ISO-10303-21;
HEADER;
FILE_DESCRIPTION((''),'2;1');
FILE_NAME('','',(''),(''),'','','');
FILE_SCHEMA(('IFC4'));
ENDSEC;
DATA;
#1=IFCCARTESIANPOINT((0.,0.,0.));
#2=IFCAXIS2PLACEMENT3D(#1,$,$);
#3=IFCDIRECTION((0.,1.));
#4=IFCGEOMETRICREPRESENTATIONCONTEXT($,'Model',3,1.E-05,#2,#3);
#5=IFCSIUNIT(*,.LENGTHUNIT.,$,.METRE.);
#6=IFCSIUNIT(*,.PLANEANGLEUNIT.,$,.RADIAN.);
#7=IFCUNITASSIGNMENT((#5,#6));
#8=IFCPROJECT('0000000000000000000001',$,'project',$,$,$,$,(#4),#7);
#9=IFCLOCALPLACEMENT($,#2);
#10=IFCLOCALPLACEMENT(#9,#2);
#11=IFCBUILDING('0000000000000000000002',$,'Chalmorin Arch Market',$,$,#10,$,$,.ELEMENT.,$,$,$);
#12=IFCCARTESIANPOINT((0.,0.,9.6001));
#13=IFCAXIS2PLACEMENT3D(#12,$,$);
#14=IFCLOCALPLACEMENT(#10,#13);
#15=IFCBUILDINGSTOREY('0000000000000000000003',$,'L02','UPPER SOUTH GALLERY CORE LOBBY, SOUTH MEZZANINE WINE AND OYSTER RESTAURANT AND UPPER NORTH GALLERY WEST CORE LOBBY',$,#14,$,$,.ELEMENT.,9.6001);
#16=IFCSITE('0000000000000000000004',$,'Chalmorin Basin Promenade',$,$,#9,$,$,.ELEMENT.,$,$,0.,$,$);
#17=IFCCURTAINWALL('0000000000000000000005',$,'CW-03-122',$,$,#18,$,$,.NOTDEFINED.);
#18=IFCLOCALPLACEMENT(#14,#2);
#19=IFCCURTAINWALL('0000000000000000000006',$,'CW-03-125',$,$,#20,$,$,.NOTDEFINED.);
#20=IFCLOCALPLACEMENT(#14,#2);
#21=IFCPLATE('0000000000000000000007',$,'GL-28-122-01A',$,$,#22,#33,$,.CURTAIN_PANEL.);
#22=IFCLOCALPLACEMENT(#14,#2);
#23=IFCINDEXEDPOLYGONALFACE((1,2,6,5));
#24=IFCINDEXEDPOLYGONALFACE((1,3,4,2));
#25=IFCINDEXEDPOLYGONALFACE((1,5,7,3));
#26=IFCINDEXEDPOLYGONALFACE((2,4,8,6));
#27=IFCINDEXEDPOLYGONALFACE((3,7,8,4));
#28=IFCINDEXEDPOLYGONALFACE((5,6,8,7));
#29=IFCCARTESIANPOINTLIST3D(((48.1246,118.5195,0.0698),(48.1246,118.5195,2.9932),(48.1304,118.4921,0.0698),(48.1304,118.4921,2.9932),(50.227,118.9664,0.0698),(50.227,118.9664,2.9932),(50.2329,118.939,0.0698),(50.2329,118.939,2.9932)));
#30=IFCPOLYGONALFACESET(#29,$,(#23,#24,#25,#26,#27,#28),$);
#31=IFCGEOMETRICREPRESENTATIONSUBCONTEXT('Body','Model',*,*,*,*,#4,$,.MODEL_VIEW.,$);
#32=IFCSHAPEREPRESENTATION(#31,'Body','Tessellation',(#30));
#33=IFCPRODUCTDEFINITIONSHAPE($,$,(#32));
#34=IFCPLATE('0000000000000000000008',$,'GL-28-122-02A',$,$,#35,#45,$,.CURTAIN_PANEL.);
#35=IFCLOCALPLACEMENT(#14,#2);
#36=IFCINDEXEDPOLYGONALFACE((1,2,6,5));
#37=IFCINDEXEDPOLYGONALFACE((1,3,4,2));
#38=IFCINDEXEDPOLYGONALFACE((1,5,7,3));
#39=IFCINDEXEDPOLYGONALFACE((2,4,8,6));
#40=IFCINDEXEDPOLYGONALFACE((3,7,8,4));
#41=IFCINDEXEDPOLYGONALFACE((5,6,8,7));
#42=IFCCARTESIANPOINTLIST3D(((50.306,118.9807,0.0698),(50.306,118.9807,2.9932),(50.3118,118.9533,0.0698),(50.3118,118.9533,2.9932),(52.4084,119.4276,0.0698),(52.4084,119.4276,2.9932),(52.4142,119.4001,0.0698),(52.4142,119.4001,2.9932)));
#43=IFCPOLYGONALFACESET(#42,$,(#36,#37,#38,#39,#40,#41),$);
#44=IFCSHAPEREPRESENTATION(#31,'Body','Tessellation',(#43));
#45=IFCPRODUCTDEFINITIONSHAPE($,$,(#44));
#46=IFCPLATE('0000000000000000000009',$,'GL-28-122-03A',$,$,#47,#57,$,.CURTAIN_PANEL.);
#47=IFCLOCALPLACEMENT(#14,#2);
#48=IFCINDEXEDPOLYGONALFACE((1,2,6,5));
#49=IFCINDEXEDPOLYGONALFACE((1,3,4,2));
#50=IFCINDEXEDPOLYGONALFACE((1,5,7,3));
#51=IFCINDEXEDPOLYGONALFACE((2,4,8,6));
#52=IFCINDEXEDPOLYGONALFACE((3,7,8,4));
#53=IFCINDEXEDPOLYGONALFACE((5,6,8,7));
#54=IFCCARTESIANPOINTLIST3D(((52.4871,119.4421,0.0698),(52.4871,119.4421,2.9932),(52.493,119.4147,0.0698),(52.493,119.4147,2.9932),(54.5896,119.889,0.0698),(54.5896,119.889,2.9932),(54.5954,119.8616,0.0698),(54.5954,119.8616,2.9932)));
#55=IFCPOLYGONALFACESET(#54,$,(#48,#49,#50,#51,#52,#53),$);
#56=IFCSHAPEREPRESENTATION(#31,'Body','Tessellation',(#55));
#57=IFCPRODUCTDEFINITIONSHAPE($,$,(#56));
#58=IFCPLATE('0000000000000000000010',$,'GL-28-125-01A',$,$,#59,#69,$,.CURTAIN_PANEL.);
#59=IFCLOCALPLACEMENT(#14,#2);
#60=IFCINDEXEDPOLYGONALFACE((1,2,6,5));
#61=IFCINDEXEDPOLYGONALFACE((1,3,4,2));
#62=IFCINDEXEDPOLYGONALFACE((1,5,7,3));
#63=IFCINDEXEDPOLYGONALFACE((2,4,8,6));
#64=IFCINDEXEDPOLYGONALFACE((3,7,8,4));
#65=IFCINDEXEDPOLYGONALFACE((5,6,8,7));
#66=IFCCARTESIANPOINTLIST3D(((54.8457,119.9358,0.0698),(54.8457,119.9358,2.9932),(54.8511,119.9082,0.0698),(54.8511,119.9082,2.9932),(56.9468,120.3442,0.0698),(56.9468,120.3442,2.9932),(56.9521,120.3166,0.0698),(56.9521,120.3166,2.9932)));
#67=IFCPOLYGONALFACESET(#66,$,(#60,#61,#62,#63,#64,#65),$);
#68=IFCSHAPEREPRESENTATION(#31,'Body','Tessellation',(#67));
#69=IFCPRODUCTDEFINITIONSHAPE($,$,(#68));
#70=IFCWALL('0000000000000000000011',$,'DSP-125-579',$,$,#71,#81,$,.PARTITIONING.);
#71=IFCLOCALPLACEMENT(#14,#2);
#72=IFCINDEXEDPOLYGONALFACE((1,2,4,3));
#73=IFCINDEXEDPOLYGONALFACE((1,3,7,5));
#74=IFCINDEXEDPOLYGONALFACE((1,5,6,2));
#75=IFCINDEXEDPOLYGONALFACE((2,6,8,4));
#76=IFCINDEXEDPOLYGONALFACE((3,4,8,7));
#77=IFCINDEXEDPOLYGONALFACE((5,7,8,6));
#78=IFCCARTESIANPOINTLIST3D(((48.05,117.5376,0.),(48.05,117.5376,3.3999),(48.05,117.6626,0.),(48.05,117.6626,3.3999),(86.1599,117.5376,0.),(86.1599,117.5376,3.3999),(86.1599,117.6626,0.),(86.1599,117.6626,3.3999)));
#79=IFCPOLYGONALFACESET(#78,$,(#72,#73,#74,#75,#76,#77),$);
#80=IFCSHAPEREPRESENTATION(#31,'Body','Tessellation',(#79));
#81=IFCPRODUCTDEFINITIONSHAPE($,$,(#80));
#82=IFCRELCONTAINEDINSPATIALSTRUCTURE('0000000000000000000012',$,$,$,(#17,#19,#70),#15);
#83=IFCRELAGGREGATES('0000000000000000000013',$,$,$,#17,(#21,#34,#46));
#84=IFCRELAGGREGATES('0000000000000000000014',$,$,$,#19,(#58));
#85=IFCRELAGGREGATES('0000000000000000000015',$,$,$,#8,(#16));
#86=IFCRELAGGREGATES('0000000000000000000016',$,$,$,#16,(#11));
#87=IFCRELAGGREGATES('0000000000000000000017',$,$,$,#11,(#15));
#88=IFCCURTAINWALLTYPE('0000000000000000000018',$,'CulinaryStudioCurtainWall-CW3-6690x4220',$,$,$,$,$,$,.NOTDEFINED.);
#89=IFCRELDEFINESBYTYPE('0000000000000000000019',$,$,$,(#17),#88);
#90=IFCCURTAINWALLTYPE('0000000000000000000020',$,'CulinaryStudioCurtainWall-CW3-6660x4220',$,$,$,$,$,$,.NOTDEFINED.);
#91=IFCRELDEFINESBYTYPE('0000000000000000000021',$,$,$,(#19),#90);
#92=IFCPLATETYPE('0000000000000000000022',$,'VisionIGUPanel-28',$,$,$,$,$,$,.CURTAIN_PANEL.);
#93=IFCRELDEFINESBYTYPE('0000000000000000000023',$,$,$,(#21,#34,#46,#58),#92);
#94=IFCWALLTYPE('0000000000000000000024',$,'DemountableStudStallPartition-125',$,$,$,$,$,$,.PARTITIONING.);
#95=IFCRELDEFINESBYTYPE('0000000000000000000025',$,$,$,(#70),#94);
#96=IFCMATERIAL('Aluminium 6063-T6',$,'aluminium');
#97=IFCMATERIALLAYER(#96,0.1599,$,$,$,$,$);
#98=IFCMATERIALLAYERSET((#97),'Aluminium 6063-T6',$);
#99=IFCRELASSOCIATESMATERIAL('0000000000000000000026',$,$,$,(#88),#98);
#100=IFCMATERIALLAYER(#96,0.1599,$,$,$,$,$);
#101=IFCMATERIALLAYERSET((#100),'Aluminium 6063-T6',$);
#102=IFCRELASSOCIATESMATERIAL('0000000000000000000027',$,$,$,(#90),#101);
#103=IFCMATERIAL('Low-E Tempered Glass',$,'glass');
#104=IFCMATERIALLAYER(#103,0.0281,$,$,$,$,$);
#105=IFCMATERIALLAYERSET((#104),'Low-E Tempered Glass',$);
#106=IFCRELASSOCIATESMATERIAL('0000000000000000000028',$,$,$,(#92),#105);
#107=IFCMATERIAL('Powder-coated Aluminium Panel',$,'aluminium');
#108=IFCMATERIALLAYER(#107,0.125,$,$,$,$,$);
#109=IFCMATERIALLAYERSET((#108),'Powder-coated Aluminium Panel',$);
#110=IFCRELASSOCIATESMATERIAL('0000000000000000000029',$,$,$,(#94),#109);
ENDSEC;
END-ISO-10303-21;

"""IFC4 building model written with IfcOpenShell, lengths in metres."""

from ifc_helpers import new_model, si_unit, direction, frame, frame_2d, origin, origin_2d, place, context, subcontext, project, spatial, rectangle, extrude, material, layer, layer_set, type_object, element, aggregate, save


model = new_model("IFC4")

# Units and contexts
model_context = context("Model", 3, precision=1e-05, world=origin(), true_north=direction((0.0, 1.0)))
body_context = subcontext(model_context, "Body", "Model", "MODEL_VIEW")
ifc_project = project(units=[si_unit("LENGTHUNIT", "METRE"), si_unit("PLANEANGLEUNIT", "RADIAN")], contexts=[model_context])

# Site, building, storey
site_placement = place(None, origin())
site = spatial("IfcSite", under=ifc_project, at=site_placement, Name="Chalmorin Basin Promenade", CompositionType="ELEMENT", RefElevation=0.0)
building_placement = place(site_placement, origin())
building = spatial("IfcBuilding", under=site, at=building_placement, Name="Chalmorin Arch Market", CompositionType="ELEMENT")
storey_placement = place(building_placement, frame((0.0, 0.0, 9.6001)))
storey = spatial("IfcBuildingStorey", under=building, at=storey_placement, Name="L02", Description="UPPER SOUTH GALLERY CORE LOBBY, SOUTH MEZZANINE WINE AND OYSTER RESTAURANT AND UPPER NORTH GALLERY WEST CORE LOBBY", CompositionType="ELEMENT", Elevation=9.6001)

# Shared definitions
ifc_material_1 = material(Name="Aluminium 6063-T6", Category="aluminium")

# Curtain walls
ifc_layer_1 = layer(ifc_material_1, 0.1599)
ifc_layer_set_1 = layer_set([ifc_layer_1], Name="Aluminium 6063-T6")
curtain_wall_type_1 = type_object("IfcCurtainWallType", Name="CulinaryStudioCurtainWall-CW3-6690x4220", PredefinedType="NOTDEFINED", material=ifc_layer_set_1)
curtain_wall_1_placement = place(storey_placement, origin())
curtain_wall_1 = element("IfcCurtainWall", 1, at=curtain_wall_1_placement, inside=storey, type_object=curtain_wall_type_1, Name="CW-03-122", PredefinedType="NOTDEFINED")
ifc_layer_2 = layer(ifc_material_1, 0.1599)
ifc_layer_set_2 = layer_set([ifc_layer_2], Name="Aluminium 6063-T6")
curtain_wall_type_2 = type_object("IfcCurtainWallType", Name="CulinaryStudioCurtainWall-CW3-6660x4220", PredefinedType="NOTDEFINED", material=ifc_layer_set_2)
curtain_wall_2_placement = place(storey_placement, origin())
curtain_wall_2 = element("IfcCurtainWall", 2, at=curtain_wall_2_placement, inside=storey, type_object=curtain_wall_type_2, Name="CW-03-125", PredefinedType="NOTDEFINED")

# Plates
ifc_material_2 = material(Name="Powder-coated Aluminium Panel", Category="aluminium")
ifc_material_3 = material(Name="Low-E Tempered Glass", Category="glass")
ifc_layer_3 = layer(ifc_material_3, 0.0281)
ifc_layer_set_3 = layer_set([ifc_layer_3], Name="Low-E Tempered Glass")
plate_type_1 = type_object("IfcPlateType", Name="VisionIGUPanel-28", PredefinedType="CURTAIN_PANEL", material=ifc_layer_set_3)
plate_1_placement = place(storey_placement, frame((49.1787, 118.7292, 0.0698), z_axis=(0.0, 0.0, 1.0), x_axis=(0.978148, 0.207912, 0.0)))
plate_1 = element("IfcPlate", 3, at=plate_1_placement, type_object=plate_type_1, Name="GL-28-122-01A", PredefinedType="CURTAIN_PANEL", context=body_context, shape_type="SweptSolid", body=[
    extrude(rectangle(XDim=2.1494, YDim=0.0281, at=origin_2d()), origin(), (0.0, 0.0, 1.0), 2.9233),
])
plate_2_placement = place(storey_placement, frame((51.3601, 119.1904, 0.0698), z_axis=(0.0, 0.0, 1.0), x_axis=(0.978148, 0.207912, 0.0)))
plate_2 = element("IfcPlate", 4, at=plate_2_placement, type_object=plate_type_1, Name="GL-28-122-02A", PredefinedType="CURTAIN_PANEL", context=body_context, shape_type="SweptSolid", body=[
    extrude(rectangle(XDim=2.1494, YDim=0.0281, at=origin_2d()), origin(), (0.0, 0.0, 1.0), 2.9233),
])
plate_3_placement = place(storey_placement, frame((53.5413, 119.6519, 0.0698), z_axis=(0.0, 0.0, 1.0), x_axis=(0.978148, 0.207912, 0.0)))
plate_3 = element("IfcPlate", 5, at=plate_3_placement, type_object=plate_type_1, Name="GL-28-122-03A", PredefinedType="CURTAIN_PANEL", context=body_context, shape_type="SweptSolid", body=[
    extrude(rectangle(XDim=2.1494, YDim=0.0281, at=origin_2d()), origin(), (0.0, 0.0, 1.0), 2.9233),
])
aggregate(curtain_wall_1, [plate_1, plate_2, plate_3])
plate_4_placement = place(storey_placement, frame((55.8989, 120.1262, 0.0698), z_axis=(0.0, 0.0, 1.0), x_axis=(0.981627, 0.190809, 0.0)))
plate_4 = element("IfcPlate", 6, at=plate_4_placement, type_object=plate_type_1, Name="GL-28-125-01A", PredefinedType="CURTAIN_PANEL", context=body_context, shape_type="SweptSolid", body=[
    extrude(rectangle(XDim=2.1404, YDim=0.0281, at=origin_2d()), origin(), (0.0, 0.0, 1.0), 2.9233),
])
aggregate(curtain_wall_2, [plate_4])

# Wall
ifc_layer_4 = layer(ifc_material_2, 0.125)
ifc_layer_set_4 = layer_set([ifc_layer_4], Name="Powder-coated Aluminium Panel")
wall_type = type_object("IfcWallType", Name="DemountableStudStallPartition-125", PredefinedType="PARTITIONING", material=ifc_layer_set_4)
wall_placement = place(storey_placement, frame((48.05, 117.6001, 0.0), z_axis=(0.0, 0.0, 1.0), x_axis=(1.0, 0.0, 0.0)))
element("IfcWall", 7, at=wall_placement, inside=storey, type_object=wall_type, Name="DSP-125-579", PredefinedType="PARTITIONING", context=body_context, shape_type="SweptSolid", body=[
    extrude(rectangle(XDim=38.1099, YDim=0.125, at=frame_2d((19.0549, 0.0))), origin(), (0.0, 0.0, 1.0), 3.3999),
])

save(model, "model.ifc")
